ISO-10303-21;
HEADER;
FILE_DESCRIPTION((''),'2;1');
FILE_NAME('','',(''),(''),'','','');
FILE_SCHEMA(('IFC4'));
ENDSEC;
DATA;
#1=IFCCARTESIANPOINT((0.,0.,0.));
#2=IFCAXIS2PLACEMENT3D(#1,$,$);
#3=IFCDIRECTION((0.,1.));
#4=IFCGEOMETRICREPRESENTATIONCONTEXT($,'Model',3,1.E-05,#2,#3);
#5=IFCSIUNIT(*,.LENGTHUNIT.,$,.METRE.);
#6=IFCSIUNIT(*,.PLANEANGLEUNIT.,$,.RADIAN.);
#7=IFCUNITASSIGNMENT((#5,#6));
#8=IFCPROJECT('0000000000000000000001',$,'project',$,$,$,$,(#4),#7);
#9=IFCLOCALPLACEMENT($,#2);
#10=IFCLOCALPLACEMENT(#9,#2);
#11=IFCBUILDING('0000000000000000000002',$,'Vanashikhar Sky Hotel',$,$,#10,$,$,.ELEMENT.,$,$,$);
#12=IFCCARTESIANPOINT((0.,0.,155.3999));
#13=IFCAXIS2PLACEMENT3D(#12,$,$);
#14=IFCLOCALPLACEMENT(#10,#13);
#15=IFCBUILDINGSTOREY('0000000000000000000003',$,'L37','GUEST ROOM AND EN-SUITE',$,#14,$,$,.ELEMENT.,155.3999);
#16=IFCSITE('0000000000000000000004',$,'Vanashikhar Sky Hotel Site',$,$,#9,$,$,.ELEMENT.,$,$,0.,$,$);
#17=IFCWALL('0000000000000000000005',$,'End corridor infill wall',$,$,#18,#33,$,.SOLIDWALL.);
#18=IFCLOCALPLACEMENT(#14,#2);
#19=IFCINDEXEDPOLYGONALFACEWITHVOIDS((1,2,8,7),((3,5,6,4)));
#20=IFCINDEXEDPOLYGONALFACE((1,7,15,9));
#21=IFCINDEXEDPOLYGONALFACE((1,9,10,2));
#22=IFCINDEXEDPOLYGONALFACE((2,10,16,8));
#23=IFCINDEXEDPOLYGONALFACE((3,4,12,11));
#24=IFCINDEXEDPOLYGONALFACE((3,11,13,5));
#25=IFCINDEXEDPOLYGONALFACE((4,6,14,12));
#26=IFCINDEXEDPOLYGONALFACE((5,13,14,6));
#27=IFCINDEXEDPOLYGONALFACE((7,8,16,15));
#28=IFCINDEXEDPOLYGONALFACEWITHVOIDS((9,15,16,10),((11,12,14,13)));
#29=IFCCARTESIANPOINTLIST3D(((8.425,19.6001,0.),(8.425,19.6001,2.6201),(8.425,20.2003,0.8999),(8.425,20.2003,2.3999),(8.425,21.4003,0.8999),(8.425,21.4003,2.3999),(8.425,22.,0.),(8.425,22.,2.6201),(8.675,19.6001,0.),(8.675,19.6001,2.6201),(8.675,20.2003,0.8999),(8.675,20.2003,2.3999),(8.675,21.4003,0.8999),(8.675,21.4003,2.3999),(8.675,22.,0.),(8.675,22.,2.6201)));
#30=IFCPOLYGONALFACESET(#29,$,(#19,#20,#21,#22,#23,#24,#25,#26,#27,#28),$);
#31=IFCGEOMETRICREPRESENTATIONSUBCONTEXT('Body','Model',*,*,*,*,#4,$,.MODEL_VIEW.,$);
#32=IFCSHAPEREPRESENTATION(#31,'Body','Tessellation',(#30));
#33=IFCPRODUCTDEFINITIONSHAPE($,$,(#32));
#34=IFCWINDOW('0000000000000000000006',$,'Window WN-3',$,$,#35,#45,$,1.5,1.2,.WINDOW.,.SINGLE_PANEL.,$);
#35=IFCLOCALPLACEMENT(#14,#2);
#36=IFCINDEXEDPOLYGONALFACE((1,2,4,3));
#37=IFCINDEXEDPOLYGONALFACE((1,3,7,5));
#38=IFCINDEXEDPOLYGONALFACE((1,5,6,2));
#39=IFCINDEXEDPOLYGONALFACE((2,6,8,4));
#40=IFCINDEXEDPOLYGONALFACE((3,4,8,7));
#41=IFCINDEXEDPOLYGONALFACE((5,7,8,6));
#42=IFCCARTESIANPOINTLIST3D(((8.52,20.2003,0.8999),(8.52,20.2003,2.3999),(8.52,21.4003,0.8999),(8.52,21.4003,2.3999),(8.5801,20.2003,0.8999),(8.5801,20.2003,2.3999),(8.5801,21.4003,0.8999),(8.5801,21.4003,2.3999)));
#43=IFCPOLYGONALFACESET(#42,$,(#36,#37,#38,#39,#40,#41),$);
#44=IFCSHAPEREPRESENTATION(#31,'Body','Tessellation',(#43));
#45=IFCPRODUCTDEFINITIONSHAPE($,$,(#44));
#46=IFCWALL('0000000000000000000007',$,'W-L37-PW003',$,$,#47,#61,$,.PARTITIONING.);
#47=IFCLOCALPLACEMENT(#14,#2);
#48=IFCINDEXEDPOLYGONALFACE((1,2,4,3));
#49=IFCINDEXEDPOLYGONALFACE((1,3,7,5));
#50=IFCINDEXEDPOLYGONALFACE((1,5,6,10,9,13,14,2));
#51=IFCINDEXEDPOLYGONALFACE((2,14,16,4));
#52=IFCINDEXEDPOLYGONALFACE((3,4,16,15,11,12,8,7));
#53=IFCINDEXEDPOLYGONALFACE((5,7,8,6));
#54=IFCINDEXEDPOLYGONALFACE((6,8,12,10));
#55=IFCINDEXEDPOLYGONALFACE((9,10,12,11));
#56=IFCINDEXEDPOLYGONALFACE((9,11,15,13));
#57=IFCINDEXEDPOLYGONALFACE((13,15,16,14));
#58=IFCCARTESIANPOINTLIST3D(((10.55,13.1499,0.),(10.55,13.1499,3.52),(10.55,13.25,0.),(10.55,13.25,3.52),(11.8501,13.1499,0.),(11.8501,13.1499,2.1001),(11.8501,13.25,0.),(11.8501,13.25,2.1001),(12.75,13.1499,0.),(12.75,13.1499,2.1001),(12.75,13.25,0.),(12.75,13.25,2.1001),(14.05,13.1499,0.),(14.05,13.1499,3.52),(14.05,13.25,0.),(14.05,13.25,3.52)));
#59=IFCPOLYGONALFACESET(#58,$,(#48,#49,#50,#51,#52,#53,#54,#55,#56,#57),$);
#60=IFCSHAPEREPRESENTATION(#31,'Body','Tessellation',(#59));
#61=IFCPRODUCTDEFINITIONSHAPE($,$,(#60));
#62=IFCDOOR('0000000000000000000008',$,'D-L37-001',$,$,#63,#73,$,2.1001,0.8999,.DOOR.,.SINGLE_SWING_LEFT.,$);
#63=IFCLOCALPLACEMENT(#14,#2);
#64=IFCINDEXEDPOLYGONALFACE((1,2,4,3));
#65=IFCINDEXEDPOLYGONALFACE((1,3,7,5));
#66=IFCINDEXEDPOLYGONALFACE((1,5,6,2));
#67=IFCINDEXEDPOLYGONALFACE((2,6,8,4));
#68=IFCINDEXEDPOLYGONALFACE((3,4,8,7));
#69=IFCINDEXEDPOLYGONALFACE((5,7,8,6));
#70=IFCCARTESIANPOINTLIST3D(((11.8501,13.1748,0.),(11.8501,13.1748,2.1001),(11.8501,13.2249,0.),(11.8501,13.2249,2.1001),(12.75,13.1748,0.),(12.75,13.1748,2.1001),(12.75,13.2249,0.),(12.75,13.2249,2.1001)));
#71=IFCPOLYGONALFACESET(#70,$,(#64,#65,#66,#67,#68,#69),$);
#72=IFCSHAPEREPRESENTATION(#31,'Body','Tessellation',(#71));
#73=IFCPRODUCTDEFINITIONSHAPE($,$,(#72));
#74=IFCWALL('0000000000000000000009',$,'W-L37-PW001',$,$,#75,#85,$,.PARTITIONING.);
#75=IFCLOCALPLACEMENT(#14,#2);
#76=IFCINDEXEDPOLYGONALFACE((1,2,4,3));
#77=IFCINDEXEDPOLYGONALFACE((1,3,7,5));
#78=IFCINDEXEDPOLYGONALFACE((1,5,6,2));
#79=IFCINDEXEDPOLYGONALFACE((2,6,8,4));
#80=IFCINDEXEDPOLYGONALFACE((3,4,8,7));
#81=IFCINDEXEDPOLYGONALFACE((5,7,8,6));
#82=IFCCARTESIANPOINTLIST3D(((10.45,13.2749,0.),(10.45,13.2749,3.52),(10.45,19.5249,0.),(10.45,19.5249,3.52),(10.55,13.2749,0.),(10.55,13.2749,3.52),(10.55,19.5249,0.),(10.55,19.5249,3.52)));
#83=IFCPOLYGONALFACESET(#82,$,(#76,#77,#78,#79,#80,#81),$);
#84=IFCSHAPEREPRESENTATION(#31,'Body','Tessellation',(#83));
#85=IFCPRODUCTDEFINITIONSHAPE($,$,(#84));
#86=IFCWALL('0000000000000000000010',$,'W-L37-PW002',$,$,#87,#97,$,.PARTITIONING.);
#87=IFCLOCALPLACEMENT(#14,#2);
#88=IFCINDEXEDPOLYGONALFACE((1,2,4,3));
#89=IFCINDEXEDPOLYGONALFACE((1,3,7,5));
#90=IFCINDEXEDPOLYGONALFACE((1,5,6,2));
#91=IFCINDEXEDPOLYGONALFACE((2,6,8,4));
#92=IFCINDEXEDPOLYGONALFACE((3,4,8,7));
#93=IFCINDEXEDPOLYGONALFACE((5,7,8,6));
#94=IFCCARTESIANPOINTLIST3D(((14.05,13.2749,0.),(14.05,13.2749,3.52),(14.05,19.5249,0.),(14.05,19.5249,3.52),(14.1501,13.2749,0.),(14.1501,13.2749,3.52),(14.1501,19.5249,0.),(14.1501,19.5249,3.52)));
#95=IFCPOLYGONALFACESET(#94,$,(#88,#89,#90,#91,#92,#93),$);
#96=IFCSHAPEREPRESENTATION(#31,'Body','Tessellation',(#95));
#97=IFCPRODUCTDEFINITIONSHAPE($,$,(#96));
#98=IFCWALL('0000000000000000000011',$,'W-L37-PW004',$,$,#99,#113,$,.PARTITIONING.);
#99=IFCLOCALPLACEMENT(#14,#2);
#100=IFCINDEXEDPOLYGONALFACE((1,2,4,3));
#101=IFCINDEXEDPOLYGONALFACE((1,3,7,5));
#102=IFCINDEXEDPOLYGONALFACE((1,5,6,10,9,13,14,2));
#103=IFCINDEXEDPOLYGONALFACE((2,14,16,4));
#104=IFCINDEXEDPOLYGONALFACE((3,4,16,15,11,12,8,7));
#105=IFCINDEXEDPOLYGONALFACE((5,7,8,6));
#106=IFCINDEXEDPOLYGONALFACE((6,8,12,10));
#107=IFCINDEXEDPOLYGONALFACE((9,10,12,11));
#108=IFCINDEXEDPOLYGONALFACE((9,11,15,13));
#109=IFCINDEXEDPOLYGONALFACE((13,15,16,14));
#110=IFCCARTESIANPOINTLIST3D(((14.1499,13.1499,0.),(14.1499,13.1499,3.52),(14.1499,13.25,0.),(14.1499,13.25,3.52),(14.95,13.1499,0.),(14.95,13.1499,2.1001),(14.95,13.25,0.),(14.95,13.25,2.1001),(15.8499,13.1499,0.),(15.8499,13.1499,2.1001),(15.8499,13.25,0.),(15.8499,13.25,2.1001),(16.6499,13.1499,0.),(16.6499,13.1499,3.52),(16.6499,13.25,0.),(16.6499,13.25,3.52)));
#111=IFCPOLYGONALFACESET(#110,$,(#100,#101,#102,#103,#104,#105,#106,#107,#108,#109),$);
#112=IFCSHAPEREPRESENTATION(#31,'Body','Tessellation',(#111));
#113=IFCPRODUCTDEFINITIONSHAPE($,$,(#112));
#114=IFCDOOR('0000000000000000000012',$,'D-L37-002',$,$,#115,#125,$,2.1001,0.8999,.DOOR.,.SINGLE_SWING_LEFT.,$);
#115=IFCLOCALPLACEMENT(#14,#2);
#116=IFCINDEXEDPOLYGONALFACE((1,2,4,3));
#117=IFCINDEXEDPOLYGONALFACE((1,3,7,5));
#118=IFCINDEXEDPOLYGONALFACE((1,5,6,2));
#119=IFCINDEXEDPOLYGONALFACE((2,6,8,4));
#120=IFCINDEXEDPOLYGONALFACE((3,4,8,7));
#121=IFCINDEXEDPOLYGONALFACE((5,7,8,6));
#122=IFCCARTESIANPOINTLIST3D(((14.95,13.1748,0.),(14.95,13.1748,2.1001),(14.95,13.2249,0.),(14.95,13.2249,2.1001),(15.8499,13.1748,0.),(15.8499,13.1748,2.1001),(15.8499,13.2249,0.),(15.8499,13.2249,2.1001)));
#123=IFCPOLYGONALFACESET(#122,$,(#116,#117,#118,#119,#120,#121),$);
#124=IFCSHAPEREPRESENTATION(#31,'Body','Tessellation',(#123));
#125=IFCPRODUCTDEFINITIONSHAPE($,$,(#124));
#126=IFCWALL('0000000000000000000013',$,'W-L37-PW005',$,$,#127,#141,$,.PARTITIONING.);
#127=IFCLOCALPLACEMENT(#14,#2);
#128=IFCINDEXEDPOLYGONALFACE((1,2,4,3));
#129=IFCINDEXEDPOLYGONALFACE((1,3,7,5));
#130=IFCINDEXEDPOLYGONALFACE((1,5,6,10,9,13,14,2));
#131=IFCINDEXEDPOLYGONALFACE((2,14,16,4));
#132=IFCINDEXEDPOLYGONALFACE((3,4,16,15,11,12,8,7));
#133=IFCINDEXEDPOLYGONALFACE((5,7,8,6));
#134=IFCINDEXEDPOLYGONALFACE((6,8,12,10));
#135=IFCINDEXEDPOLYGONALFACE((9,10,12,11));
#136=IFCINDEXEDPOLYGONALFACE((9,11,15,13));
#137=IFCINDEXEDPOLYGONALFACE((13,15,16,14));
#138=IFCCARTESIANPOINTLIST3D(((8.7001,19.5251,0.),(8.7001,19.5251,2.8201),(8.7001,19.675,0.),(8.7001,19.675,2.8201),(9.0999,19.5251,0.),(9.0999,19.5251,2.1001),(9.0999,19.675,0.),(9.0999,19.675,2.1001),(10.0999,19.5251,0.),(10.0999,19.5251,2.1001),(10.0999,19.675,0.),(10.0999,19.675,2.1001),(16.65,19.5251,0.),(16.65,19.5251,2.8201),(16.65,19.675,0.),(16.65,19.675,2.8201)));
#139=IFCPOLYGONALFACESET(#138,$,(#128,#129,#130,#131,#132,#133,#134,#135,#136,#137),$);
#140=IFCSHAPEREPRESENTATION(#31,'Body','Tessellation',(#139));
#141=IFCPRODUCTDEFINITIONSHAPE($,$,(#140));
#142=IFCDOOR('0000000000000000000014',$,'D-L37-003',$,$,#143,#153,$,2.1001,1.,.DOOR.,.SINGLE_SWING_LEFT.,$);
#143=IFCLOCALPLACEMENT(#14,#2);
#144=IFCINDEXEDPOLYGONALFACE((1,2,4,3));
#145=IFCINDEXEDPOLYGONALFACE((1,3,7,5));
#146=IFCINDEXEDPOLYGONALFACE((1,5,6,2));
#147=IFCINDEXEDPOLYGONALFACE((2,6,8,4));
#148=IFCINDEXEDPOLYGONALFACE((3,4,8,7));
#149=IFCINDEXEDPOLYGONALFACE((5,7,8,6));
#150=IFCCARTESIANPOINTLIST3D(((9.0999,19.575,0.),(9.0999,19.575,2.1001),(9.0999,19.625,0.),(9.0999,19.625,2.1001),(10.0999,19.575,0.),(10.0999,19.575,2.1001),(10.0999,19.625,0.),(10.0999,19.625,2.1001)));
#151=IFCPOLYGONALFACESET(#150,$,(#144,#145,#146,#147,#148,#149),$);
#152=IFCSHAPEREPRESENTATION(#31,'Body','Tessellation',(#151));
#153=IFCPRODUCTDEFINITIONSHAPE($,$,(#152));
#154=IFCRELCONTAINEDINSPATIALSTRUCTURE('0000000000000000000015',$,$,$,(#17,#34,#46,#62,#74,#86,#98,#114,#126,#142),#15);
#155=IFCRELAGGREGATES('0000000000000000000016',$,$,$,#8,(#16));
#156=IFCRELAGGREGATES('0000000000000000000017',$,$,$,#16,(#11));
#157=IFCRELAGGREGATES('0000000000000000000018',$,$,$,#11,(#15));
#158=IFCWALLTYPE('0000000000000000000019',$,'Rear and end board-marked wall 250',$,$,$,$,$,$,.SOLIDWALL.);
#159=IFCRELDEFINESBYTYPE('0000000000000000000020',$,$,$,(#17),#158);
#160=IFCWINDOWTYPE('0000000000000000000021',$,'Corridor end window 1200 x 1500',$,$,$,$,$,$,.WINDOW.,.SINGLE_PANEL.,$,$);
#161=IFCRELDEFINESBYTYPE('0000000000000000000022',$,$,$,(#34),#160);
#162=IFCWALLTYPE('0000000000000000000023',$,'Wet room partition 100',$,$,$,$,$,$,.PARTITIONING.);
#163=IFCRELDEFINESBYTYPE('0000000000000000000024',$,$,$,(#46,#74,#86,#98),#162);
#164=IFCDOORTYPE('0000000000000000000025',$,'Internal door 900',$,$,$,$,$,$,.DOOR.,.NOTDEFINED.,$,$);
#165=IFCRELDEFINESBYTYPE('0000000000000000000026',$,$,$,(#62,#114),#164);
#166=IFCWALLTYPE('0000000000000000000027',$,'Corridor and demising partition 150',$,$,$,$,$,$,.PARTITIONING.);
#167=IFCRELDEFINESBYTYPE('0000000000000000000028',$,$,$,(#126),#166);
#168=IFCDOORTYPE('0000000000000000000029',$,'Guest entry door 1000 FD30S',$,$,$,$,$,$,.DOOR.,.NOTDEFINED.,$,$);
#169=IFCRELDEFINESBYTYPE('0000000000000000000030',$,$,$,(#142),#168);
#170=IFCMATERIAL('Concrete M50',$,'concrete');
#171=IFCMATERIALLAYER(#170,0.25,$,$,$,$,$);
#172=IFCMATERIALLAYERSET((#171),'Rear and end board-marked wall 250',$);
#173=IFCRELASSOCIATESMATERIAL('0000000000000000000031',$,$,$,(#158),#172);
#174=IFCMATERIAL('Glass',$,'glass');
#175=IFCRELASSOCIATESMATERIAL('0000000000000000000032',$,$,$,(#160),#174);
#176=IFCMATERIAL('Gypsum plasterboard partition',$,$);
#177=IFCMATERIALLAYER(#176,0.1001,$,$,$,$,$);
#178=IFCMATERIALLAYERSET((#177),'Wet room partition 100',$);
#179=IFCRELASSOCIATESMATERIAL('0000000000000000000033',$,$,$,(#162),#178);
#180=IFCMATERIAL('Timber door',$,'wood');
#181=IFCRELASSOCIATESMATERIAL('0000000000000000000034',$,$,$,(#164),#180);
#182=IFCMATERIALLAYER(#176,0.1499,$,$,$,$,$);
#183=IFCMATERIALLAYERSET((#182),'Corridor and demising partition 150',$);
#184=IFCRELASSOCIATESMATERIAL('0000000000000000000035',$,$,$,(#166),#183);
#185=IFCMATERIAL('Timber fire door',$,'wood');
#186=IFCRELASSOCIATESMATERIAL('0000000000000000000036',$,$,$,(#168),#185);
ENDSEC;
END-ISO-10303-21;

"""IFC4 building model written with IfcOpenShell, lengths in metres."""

from ifc_helpers import new_model, si_unit, direction, frame, frame_2d, origin, place, context, subcontext, project, spatial, rectangle, extrude, source, transform, mapped, material, layer, layer_set, type_object, element, fill, save


model = new_model("IFC4")

# Units and contexts
model_context = context("Model", 3, precision=1e-05, world=origin(), true_north=direction((0.0, 1.0)))
body_context = subcontext(model_context, "Body", "Model", "MODEL_VIEW")
ifc_project = project(units=[si_unit("LENGTHUNIT", "METRE"), si_unit("PLANEANGLEUNIT", "RADIAN")], contexts=[model_context])

# Site, building, storey
site_placement = place(None, origin())
site = spatial("IfcSite", under=ifc_project, at=site_placement, Name="Vanashikhar Sky Hotel Site", CompositionType="ELEMENT", RefElevation=0.0)
building_placement = place(site_placement, origin())
building = spatial("IfcBuilding", under=site, at=building_placement, Name="Vanashikhar Sky Hotel", CompositionType="ELEMENT")
storey_placement = place(building_placement, frame((0.0, 0.0, 155.3999)))
storey = spatial("IfcBuildingStorey", under=building, at=storey_placement, Name="L37", Description="GUEST ROOM AND EN-SUITE", CompositionType="ELEMENT", Elevation=155.3999)

# Shared definitions
ifc_material_1 = material(Name="Concrete M50", Category="concrete")

# Shared definitions
ifc_material_2 = material(Name="Glass", Category="glass")

# Wall, opening, window
ifc_layer_1 = layer(ifc_material_1, 0.25)
ifc_layer_set_1 = layer_set([ifc_layer_1], Name="Rear and end board-marked wall 250")
wall_type_1 = type_object("IfcWallType", Name="Rear and end board-marked wall 250", PredefinedType="SOLIDWALL", material=ifc_layer_set_1)
shared_shape_1 = source(origin(), body_context, "Body", "SweptSolid", [
    extrude(rectangle(XDim=2.3999, YDim=0.25, at=frame_2d((1.2, 0.0))), origin(), (0.0, 0.0, 1.0), 2.6201),
])
wall_1_placement = place(storey_placement, frame((8.55, 19.6001, 0.0), z_axis=(0.0, 0.0, 1.0), x_axis=(0.0, 1.0, 0.0)))
wall_1 = element("IfcWall", 1, at=wall_1_placement, inside=storey, type_object=wall_type_1, Name="End corridor infill wall", PredefinedType="SOLIDWALL", context=body_context, shape_type="MappedRepresentation", body=[
    mapped(shared_shape_1, transform((0.0, 0.0, 0.0), scale=1.0)),
])
shared_shape_2 = source(origin(), body_context, "Body", "SweptSolid", [
    extrude(rectangle(XDim=1.2, YDim=1.5, at=frame_2d((0.6001, 0.75))), frame((0.0, 0.135, 0.0), z_axis=(0.0, -1.0, 0.0), x_axis=(1.0, 0.0, 0.0)), (0.0, 0.0, 1.0), 0.27),
])
opening_1_placement = place(wall_1_placement, frame((0.6001, 0.0, 0.8999)))
opening_1 = element("IfcOpeningElement", 2, at=opening_1_placement, cuts=wall_1, PredefinedType="OPENING", context=body_context, shape_type="MappedRepresentation", body=[
    mapped(shared_shape_2, transform((0.0, 0.0, 0.0), scale=1.0)),
])
window_type_1 = type_object("IfcWindowType", Name="Corridor end window 1200 x 1500", PartitioningType="SINGLE_PANEL", PredefinedType="WINDOW", material=ifc_material_2)
shared_shape_3 = source(origin(), body_context, "Body", "SweptSolid", [
    extrude(rectangle(XDim=1.2, YDim=1.5, at=frame_2d((0.6001, 0.75))), frame((0.0, 0.03, 0.0), z_axis=(0.0, -1.0, 0.0), x_axis=(1.0, 0.0, 0.0)), (0.0, 0.0, 1.0), 0.0601),
])
window_1_placement = place(opening_1_placement, origin())
window_1 = element("IfcWindow", 3, at=window_1_placement, inside=storey, type_object=window_type_1, Name="Window WN-3", OverallHeight=1.5, OverallWidth=1.2, PartitioningType="SINGLE_PANEL", PredefinedType="WINDOW", context=body_context, shape_type="MappedRepresentation", body=[
    mapped(shared_shape_3, transform((0.0, 0.0, 0.0), scale=1.0)),
])
fill(opening_1, window_1)

# Wall, opening, door
ifc_material_3 = material(Name="Gypsum plasterboard partition")
ifc_layer_2 = layer(ifc_material_3, 0.1001)
ifc_layer_set_2 = layer_set([ifc_layer_2], Name="Wet room partition 100")
wall_type_2 = type_object("IfcWallType", Name="Wet room partition 100", PredefinedType="PARTITIONING", material=ifc_layer_set_2)
shared_shape_4 = source(origin(), body_context, "Body", "SweptSolid", [
    extrude(rectangle(XDim=3.5, YDim=0.1001, at=frame_2d((1.75, 0.0))), origin(), (0.0, 0.0, 1.0), 3.52),
])
wall_2_placement = place(storey_placement, frame((10.55, 13.2, 0.0), z_axis=(0.0, 0.0, 1.0), x_axis=(1.0, 0.0, 0.0)))
wall_2 = element("IfcWall", 4, at=wall_2_placement, inside=storey, type_object=wall_type_2, Name="W-L37-PW003", PredefinedType="PARTITIONING", context=body_context, shape_type="MappedRepresentation", body=[
    mapped(shared_shape_4, transform((0.0, 0.0, 0.0), scale=1.0)),
])
shared_shape_5 = source(origin(), body_context, "Body", "SweptSolid", [
    extrude(rectangle(XDim=0.8999, YDim=2.1001, at=frame_2d((0.45, 1.05))), frame((0.0, 0.0601, 0.0), z_axis=(0.0, -1.0, 0.0), x_axis=(1.0, 0.0, 0.0)), (0.0, 0.0, 1.0), 0.1201),
])
opening_2_placement = place(wall_2_placement, frame((1.3, 0.0, 0.0)))
opening_2 = element("IfcOpeningElement", 5, at=opening_2_placement, cuts=wall_2, PredefinedType="OPENING", context=body_context, shape_type="MappedRepresentation", body=[
    mapped(shared_shape_5, transform((0.0, 0.0, 0.0), scale=1.0)),
])
ifc_material_4 = material(Name="Timber door", Category="wood")
door_type_1 = type_object("IfcDoorType", Name="Internal door 900", OperationType="NOTDEFINED", PredefinedType="DOOR", material=ifc_material_4)
shared_shape_6 = source(origin(), body_context, "Body", "SweptSolid", [
    extrude(rectangle(XDim=0.8999, YDim=2.1001, at=frame_2d((0.45, 1.05))), frame((0.0, 0.0249, 0.0), z_axis=(0.0, -1.0, 0.0), x_axis=(1.0, 0.0, 0.0)), (0.0, 0.0, 1.0), 0.05),
])
door_1_placement = place(opening_2_placement, origin())
door_1 = element("IfcDoor", 6, at=door_1_placement, inside=storey, type_object=door_type_1, Name="D-L37-001", OperationType="SINGLE_SWING_LEFT", OverallHeight=2.1001, OverallWidth=0.8999, PredefinedType="DOOR", context=body_context, shape_type="MappedRepresentation", body=[
    mapped(shared_shape_6, transform((0.0, 0.0, 0.0), scale=1.0)),
])
fill(opening_2, door_1)

# Walls
shared_shape_7 = source(origin(), body_context, "Body", "SweptSolid", [
    extrude(rectangle(XDim=6.25, YDim=0.1001, at=frame_2d((3.125, 0.0))), origin(), (0.0, 0.0, 1.0), 3.52),
])
for number, where, z_axis, x_axis, name in (
    (7, (10.5, 13.2749, 0.0), (0.0, 0.0, 1.0), (0.0, 1.0, 0.0), "W-L37-PW001"),
    (8, (14.1001, 13.2749, 0.0), (0.0, 0.0, 1.0), (0.0, 1.0, 0.0), "W-L37-PW002"),
):
    element("IfcWall", number, at=place(storey_placement, frame(where, z_axis=z_axis, x_axis=x_axis)), inside=storey, type_object=wall_type_2, Name=name, PredefinedType="PARTITIONING", context=body_context, shape_type="MappedRepresentation", body=[
        mapped(shared_shape_7, transform((0.0, 0.0, 0.0), scale=1.0)),
    ])

# Walls, openings, doors
shared_shape_8 = source(origin(), body_context, "Body", "SweptSolid", [
    extrude(rectangle(XDim=2.5, YDim=0.1001, at=frame_2d((1.25, 0.0))), origin(), (0.0, 0.0, 1.0), 3.52),
])
wall_3_placement = place(storey_placement, frame((14.1499, 13.2, 0.0), z_axis=(0.0, 0.0, 1.0), x_axis=(1.0, 0.0, 0.0)))
wall_3 = element("IfcWall", 9, at=wall_3_placement, inside=storey, type_object=wall_type_2, Name="W-L37-PW004", PredefinedType="PARTITIONING", context=body_context, shape_type="MappedRepresentation", body=[
    mapped(shared_shape_8, transform((0.0, 0.0, 0.0), scale=1.0)),
])
opening_3_placement = place(wall_3_placement, frame((0.8, 0.0, 0.0)))
opening_3 = element("IfcOpeningElement", 10, at=opening_3_placement, cuts=wall_3, PredefinedType="OPENING", context=body_context, shape_type="MappedRepresentation", body=[
    mapped(shared_shape_5, transform((0.0, 0.0, 0.0), scale=1.0)),
])
door_2_placement = place(opening_3_placement, origin())
door_2 = element("IfcDoor", 11, at=door_2_placement, inside=storey, type_object=door_type_1, Name="D-L37-002", OperationType="SINGLE_SWING_LEFT", OverallHeight=2.1001, OverallWidth=0.8999, PredefinedType="DOOR", context=body_context, shape_type="MappedRepresentation", body=[
    mapped(shared_shape_6, transform((0.0, 0.0, 0.0), scale=1.0)),
])
fill(opening_3, door_2)
ifc_layer_3 = layer(ifc_material_3, 0.1499)
ifc_layer_set_3 = layer_set([ifc_layer_3], Name="Corridor and demising partition 150")
wall_type_3 = type_object("IfcWallType", Name="Corridor and demising partition 150", PredefinedType="PARTITIONING", material=ifc_layer_set_3)
shared_shape_9 = source(origin(), body_context, "Body", "SweptSolid", [
    extrude(rectangle(XDim=7.95, YDim=0.1499, at=frame_2d((3.9751, 0.0))), origin(), (0.0, 0.0, 1.0), 2.8201),
])
wall_4_placement = place(storey_placement, frame((8.7, 19.6001, 0.0), z_axis=(0.0, 0.0, 1.0), x_axis=(1.0, 0.0, 0.0)))
wall_4 = element("IfcWall", 12, at=wall_4_placement, inside=storey, type_object=wall_type_3, Name="W-L37-PW005", PredefinedType="PARTITIONING", context=body_context, shape_type="MappedRepresentation", body=[
    mapped(shared_shape_9, transform((0.0, 0.0, 0.0), scale=1.0)),
])
shared_shape_10 = source(origin(), body_context, "Body", "SweptSolid", [
    extrude(rectangle(XDim=1.0, YDim=2.1001, at=frame_2d((0.5, 1.05))), frame((0.0, 0.085, 0.0), z_axis=(0.0, -1.0, 0.0), x_axis=(1.0, 0.0, 0.0)), (0.0, 0.0, 1.0), 0.1699),
])
opening_4_placement = place(wall_4_placement, frame((0.3999, 0.0, 0.0)))
opening_4 = element("IfcOpeningElement", 13, at=opening_4_placement, cuts=wall_4, PredefinedType="OPENING", context=body_context, shape_type="MappedRepresentation", body=[
    mapped(shared_shape_10, transform((0.0, 0.0, 0.0), scale=1.0)),
])
ifc_material_5 = material(Name="Timber fire door", Category="wood")
door_type_2 = type_object("IfcDoorType", Name="Guest entry door 1000 FD30S", OperationType="NOTDEFINED", PredefinedType="DOOR", material=ifc_material_5)
shared_shape_11 = source(origin(), body_context, "Body", "SweptSolid", [
    extrude(rectangle(XDim=1.0, YDim=2.1001, at=frame_2d((0.5, 1.05))), frame((0.0, 0.0249, 0.0), z_axis=(0.0, -1.0, 0.0), x_axis=(1.0, 0.0, 0.0)), (0.0, 0.0, 1.0), 0.05),
])
door_3_placement = place(opening_4_placement, origin())
door_3 = element("IfcDoor", 14, at=door_3_placement, inside=storey, type_object=door_type_2, Name="D-L37-003", OperationType="SINGLE_SWING_LEFT", OverallHeight=2.1001, OverallWidth=1.0, PredefinedType="DOOR", context=body_context, shape_type="MappedRepresentation", body=[
    mapped(shared_shape_11, transform((0.0, 0.0, 0.0), scale=1.0)),
])
fill(opening_4, door_3)

save(model, "model.ifc")
